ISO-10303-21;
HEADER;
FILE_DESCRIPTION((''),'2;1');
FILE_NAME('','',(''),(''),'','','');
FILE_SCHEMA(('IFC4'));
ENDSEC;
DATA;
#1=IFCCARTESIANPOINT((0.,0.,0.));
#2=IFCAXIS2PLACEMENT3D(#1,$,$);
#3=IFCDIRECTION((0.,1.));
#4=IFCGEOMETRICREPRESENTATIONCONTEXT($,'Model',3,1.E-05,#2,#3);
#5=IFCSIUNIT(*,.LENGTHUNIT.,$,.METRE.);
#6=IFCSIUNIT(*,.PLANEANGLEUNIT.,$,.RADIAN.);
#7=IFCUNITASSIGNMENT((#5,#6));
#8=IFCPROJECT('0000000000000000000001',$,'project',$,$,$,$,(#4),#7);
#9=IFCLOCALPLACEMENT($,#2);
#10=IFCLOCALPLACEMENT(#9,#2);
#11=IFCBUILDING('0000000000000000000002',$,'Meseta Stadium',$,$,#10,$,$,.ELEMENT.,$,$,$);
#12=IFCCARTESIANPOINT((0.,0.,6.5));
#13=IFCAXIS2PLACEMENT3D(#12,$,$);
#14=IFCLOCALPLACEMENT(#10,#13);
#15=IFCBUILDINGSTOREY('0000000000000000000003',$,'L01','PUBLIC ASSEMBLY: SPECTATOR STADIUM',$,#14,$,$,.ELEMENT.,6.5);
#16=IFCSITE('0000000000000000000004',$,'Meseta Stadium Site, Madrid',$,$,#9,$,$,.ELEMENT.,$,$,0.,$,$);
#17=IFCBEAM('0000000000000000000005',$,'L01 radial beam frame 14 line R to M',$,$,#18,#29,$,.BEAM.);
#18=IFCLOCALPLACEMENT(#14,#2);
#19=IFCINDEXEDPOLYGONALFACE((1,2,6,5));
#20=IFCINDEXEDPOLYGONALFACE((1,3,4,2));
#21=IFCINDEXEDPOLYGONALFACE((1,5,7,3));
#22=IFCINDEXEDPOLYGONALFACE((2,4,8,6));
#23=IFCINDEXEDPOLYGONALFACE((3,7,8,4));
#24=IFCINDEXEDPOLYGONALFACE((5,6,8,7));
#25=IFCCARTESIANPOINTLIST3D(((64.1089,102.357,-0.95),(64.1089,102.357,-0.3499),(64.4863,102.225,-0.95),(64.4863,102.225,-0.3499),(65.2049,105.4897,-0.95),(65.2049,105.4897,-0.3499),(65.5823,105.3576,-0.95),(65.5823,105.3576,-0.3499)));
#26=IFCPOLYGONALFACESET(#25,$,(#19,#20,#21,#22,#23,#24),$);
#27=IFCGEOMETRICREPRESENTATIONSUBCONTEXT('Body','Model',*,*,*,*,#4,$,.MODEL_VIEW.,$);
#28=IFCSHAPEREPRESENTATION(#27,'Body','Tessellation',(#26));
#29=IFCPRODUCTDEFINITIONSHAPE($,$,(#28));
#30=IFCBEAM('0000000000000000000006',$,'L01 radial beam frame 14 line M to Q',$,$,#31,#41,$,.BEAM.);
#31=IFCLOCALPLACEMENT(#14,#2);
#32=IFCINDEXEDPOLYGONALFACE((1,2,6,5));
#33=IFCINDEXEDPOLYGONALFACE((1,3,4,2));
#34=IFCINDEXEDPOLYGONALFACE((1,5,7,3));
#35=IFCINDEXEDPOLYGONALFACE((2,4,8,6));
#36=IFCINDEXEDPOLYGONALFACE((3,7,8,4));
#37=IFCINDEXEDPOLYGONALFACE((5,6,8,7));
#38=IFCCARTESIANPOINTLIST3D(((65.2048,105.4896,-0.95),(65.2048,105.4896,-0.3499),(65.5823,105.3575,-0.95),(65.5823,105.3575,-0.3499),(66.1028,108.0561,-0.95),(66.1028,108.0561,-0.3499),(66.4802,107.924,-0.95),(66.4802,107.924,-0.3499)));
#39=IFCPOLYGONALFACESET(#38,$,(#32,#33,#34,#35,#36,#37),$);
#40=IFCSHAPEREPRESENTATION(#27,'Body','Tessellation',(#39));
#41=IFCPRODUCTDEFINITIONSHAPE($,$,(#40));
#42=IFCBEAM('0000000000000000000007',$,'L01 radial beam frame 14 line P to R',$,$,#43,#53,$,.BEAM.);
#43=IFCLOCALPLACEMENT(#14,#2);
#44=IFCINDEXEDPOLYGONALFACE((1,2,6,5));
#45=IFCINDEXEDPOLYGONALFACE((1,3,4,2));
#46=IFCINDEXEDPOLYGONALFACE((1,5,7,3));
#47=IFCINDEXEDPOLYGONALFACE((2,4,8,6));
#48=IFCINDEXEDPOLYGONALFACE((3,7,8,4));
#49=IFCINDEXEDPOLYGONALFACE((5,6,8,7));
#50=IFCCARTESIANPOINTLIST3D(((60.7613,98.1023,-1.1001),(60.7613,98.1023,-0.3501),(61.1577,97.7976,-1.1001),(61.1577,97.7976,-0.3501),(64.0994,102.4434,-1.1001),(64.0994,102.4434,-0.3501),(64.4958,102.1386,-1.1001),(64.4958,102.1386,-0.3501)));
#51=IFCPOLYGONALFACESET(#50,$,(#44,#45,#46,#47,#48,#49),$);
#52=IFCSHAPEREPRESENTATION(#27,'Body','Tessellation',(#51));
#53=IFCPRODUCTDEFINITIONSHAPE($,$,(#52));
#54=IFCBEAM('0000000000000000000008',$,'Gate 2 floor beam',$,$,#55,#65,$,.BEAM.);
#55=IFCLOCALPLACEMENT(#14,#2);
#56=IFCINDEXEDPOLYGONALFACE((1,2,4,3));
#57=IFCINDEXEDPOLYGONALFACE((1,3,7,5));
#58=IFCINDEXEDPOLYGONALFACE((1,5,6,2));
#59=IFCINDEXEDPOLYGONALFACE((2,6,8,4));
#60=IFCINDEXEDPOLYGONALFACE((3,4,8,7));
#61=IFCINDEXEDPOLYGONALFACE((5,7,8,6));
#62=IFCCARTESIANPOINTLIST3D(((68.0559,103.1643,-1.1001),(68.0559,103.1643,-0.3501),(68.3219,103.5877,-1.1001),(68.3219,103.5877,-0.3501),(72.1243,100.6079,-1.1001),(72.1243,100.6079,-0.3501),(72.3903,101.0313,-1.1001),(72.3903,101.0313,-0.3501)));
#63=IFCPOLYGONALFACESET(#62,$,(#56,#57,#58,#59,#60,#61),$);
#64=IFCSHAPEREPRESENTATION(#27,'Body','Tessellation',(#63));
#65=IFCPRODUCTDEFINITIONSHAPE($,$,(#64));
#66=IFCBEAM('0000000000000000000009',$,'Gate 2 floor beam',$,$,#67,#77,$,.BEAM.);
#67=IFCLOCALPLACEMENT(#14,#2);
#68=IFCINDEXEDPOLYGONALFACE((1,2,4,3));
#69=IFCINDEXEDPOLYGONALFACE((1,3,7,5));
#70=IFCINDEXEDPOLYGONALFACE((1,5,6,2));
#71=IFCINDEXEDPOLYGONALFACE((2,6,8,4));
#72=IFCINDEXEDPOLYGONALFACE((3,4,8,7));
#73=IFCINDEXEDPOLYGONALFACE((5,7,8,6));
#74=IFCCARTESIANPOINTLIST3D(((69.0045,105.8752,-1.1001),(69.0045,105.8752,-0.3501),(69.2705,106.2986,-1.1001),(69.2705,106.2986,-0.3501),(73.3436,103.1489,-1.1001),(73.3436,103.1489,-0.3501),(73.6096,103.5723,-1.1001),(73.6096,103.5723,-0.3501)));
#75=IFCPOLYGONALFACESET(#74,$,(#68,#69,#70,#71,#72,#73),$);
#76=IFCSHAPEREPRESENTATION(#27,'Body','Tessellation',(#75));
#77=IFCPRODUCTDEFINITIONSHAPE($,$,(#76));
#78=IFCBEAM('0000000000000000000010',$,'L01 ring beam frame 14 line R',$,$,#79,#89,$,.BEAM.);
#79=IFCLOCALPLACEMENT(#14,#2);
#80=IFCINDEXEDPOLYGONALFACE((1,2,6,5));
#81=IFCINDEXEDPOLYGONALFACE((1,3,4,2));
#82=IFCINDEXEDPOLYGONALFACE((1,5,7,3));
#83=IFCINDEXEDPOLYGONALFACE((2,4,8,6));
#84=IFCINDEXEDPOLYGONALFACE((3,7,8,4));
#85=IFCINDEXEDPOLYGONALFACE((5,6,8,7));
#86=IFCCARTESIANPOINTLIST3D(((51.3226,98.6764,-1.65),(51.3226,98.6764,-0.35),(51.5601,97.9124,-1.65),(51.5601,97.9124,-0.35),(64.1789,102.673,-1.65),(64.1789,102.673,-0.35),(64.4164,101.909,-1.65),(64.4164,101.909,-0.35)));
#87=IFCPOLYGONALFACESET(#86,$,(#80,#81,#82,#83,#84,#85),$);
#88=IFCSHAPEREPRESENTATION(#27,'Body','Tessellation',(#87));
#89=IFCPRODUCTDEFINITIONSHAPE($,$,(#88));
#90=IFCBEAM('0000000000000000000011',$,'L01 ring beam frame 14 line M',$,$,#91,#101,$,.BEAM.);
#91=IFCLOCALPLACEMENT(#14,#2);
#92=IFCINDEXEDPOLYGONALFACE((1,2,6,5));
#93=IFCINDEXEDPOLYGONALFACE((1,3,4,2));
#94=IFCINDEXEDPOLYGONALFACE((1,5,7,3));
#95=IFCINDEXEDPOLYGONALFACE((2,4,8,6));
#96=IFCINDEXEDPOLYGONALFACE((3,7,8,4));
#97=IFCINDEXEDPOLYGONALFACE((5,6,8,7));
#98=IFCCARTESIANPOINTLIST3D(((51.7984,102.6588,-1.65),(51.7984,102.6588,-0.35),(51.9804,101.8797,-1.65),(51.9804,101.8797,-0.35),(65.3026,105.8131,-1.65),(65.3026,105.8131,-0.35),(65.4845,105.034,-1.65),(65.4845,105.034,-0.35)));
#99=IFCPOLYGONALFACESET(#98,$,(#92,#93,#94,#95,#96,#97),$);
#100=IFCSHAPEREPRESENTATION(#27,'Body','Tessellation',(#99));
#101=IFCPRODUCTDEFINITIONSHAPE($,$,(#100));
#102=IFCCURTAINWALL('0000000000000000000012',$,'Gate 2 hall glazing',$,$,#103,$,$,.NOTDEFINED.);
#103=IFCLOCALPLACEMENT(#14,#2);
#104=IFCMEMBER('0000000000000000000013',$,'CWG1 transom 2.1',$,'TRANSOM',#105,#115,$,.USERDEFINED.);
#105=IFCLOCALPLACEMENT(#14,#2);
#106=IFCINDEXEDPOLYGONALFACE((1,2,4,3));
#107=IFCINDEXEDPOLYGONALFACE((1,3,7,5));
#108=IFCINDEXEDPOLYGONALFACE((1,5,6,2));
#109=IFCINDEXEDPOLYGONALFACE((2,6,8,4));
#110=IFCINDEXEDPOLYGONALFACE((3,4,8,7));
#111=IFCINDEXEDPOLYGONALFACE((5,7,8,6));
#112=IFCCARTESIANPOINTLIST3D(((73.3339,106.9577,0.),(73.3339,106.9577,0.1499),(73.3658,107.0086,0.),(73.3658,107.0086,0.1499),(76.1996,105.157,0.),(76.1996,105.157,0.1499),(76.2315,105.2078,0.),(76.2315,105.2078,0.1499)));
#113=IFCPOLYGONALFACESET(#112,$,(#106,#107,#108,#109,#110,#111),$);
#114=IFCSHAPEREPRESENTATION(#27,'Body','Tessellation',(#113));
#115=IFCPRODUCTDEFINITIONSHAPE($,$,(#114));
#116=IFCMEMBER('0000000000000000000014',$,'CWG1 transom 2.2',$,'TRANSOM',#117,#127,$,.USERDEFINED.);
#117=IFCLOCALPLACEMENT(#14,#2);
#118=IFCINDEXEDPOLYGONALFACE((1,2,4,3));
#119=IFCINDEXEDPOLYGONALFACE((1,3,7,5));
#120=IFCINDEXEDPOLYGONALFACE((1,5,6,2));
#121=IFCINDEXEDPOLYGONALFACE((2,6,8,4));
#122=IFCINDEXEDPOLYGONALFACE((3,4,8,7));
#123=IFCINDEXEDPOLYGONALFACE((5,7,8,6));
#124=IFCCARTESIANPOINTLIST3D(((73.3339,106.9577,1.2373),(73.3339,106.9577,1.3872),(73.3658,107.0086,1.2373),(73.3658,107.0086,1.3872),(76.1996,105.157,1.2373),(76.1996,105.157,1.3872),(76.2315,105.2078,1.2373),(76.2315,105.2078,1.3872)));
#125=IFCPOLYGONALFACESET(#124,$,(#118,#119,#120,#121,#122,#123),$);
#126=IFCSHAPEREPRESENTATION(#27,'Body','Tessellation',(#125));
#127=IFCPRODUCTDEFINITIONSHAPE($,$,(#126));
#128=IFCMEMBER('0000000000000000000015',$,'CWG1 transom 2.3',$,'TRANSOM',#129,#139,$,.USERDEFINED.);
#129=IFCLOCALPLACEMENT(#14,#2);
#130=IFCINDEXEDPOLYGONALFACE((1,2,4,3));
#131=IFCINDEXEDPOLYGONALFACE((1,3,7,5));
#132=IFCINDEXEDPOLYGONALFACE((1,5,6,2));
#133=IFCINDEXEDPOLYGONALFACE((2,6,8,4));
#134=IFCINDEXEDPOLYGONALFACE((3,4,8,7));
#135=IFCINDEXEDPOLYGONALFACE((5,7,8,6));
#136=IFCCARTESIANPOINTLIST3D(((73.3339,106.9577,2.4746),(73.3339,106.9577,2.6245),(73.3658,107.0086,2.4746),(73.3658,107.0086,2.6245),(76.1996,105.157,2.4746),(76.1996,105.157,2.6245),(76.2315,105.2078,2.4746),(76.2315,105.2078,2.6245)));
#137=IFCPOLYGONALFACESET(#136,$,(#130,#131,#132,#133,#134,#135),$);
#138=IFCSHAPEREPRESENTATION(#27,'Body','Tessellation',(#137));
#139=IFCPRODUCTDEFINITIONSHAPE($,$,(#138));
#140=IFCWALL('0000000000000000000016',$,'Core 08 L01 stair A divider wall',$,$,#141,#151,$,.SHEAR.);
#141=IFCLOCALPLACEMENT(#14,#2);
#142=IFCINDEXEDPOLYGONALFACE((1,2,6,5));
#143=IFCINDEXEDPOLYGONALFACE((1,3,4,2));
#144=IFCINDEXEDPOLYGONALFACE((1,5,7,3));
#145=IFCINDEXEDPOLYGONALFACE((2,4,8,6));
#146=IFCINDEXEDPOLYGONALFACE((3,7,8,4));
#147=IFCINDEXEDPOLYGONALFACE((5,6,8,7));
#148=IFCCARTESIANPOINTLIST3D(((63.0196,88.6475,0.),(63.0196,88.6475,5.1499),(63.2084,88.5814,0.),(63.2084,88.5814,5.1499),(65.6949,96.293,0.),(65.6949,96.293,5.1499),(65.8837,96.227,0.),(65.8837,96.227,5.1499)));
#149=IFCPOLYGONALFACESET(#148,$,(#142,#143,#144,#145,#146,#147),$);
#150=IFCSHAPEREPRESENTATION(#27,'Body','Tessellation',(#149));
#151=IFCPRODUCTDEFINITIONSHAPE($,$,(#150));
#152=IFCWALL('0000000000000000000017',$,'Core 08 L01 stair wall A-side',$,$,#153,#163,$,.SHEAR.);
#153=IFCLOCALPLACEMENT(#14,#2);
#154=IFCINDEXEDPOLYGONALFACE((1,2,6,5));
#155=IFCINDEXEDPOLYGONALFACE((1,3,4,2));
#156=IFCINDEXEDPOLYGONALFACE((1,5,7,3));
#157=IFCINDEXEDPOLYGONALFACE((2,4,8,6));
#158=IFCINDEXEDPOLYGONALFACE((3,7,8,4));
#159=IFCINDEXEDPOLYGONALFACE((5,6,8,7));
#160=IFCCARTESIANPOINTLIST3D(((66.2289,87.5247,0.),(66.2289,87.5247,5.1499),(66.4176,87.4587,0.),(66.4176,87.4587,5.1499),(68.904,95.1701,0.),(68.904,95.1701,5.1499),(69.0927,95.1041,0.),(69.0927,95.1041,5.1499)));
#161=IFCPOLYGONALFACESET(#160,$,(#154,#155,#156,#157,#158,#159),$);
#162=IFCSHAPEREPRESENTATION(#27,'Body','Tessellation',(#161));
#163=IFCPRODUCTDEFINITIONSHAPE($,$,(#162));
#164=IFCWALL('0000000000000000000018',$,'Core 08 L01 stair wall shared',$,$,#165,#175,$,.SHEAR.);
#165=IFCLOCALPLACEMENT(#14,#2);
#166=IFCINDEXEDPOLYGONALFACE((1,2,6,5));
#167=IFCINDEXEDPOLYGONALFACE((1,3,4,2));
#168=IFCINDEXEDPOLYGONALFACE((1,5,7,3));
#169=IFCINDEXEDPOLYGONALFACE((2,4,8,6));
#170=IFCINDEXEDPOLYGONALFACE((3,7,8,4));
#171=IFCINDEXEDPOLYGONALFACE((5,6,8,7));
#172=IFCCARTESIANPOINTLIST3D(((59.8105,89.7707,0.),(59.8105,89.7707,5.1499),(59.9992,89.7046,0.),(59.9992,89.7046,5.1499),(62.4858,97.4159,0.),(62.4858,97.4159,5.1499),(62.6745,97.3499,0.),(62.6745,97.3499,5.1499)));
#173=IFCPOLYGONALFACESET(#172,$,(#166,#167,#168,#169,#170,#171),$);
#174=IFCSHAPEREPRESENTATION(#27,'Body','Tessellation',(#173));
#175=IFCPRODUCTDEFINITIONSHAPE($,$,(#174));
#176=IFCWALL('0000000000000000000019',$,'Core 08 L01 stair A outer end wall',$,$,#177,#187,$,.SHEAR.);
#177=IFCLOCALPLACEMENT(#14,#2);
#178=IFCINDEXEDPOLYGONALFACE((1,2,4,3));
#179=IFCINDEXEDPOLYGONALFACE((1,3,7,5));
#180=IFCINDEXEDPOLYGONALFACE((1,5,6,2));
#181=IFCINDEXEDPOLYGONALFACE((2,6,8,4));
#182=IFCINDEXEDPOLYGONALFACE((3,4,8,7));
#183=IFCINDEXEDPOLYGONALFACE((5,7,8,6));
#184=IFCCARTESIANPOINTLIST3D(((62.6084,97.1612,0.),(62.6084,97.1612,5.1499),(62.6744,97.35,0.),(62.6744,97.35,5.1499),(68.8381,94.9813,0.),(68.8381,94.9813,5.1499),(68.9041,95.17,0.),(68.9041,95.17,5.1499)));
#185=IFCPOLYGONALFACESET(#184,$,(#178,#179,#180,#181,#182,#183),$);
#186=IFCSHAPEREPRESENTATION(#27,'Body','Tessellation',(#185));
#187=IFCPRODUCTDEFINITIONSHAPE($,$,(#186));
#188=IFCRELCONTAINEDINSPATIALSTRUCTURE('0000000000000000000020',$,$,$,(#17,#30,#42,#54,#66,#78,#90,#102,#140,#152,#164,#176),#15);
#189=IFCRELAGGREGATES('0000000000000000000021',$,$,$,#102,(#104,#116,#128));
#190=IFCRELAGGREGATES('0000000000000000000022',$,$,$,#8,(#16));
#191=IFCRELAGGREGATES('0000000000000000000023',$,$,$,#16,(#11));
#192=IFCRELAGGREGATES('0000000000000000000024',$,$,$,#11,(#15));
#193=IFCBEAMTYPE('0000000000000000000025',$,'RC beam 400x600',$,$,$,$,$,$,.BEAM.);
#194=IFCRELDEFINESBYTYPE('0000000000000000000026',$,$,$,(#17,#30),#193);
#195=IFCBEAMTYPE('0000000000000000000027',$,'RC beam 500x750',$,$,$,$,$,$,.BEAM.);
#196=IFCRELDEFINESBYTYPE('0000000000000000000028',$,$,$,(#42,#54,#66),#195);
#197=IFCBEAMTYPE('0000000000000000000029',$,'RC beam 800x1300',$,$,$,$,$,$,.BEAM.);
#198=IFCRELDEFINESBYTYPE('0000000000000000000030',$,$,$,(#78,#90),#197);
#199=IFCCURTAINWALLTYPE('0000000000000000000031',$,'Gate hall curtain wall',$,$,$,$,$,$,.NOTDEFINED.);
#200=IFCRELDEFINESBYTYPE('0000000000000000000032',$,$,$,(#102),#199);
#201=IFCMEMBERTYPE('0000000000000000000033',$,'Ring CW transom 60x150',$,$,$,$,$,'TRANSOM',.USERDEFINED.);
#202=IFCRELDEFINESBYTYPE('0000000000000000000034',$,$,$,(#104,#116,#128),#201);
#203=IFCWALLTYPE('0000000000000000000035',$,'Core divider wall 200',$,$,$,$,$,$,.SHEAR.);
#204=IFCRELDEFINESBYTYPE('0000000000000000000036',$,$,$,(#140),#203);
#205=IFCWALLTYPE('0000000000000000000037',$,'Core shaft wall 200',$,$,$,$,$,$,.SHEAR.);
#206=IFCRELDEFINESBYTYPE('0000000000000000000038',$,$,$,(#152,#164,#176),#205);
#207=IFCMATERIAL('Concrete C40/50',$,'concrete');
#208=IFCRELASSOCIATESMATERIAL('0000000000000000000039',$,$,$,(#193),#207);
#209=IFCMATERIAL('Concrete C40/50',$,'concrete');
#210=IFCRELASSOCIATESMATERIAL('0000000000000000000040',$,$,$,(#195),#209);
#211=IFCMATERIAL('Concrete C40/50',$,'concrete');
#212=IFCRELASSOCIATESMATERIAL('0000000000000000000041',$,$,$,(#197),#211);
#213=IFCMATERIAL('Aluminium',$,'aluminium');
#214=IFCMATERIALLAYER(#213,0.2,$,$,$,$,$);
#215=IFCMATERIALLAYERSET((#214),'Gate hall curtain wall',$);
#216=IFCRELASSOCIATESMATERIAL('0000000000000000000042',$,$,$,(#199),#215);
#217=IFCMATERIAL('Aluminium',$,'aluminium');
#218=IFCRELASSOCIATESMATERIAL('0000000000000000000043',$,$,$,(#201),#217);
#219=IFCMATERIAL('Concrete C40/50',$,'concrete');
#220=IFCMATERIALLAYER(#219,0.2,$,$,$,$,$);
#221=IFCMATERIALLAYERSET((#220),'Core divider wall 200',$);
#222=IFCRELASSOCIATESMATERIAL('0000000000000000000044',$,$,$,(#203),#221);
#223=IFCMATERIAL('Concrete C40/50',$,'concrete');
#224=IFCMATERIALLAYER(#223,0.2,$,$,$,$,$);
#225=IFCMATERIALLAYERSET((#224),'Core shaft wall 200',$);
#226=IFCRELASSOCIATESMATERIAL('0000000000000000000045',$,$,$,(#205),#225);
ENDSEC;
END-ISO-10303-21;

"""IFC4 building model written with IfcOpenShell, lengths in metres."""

from ifc_helpers import new_model, si_unit, direction, frame, frame_2d, origin, origin_2d, place, context, subcontext, project, spatial, rectangle, extrude, material, layer, layer_set, material_profile, profile_set, type_object, element, aggregate, save


model = new_model("IFC4")

# Units and contexts
model_context = context("Model", 3, precision=1e-05, world=origin(), true_north=direction((0.0, 1.0)))
body_context = subcontext(model_context, "Body", "Model", "MODEL_VIEW")
ifc_project = project(units=[si_unit("LENGTHUNIT", "METRE"), si_unit("PLANEANGLEUNIT", "RADIAN")], contexts=[model_context])

# Site, building, storey
site_placement = place(None, origin())
site = spatial("IfcSite", under=ifc_project, at=site_placement, Name="Meseta Stadium Site, Madrid", CompositionType="ELEMENT", RefElevation=0.0)
building_placement = place(site_placement, origin())
building = spatial("IfcBuilding", under=site, at=building_placement, Name="Meseta Stadium", CompositionType="ELEMENT")
storey_placement = place(building_placement, frame((0.0, 0.0, 6.5)))
storey = spatial("IfcBuildingStorey", under=building, at=storey_placement, Name="L01", Description="PUBLIC ASSEMBLY: SPECTATOR STADIUM", CompositionType="ELEMENT", Elevation=6.5)

# Beams
ifc_material_1 = material(Name="Concrete C40/50", Category="concrete")
ifc_material_profile_1 = material_profile(ifc_material_1, rectangle(XDim=0.3999, YDim=0.6001, at=origin_2d()), Name="RC 400x600")
ifc_profile_set_1 = profile_set([ifc_material_profile_1], Name="Concrete C40/50")
beam_type_1 = type_object("IfcBeamType", Name="RC beam 400x600", PredefinedType="BEAM", material=ifc_profile_set_1)
beam_1_placement = place(storey_placement, frame((64.2976, 102.291, -0.6499), z_axis=(0.330229, 0.943901, 0.0), x_axis=(-0.943901, 0.330229, 0.0)))
element("IfcBeam", 1, at=beam_1_placement, inside=storey, type_object=beam_type_1, Name="L01 radial beam frame 14 line R to M", PredefinedType="BEAM", context=body_context, shape_type="SweptSolid", body=[
    extrude(rectangle(XDim=0.3999, YDim=0.6001, at=origin_2d()), origin(), (0.0, 0.0, 1.0), 3.3188),
])
beam_2_placement = place(storey_placement, frame((65.3936, 105.4236, -0.6499), z_axis=(0.330254, 0.943892, 0.0), x_axis=(-0.943892, 0.330254, 0.0)))
element("IfcBeam", 2, at=beam_2_placement, inside=storey, type_object=beam_type_1, Name="L01 radial beam frame 14 line M to Q", PredefinedType="BEAM", context=body_context, shape_type="SweptSolid", body=[
    extrude(rectangle(XDim=0.3999, YDim=0.6001, at=origin_2d()), origin(), (0.0, 0.0, 1.0), 2.719),
])
ifc_material_2 = material(Name="Concrete C40/50", Category="concrete")
ifc_material_profile_2 = material_profile(ifc_material_2, rectangle(XDim=0.5, YDim=0.75, at=origin_2d()), Name="RC 500x750")
ifc_profile_set_2 = profile_set([ifc_material_profile_2], Name="Concrete C40/50")
beam_type_2 = type_object("IfcBeamType", Name="RC beam 500x750", PredefinedType="BEAM", material=ifc_profile_set_2)
beam_3_placement = place(storey_placement, frame((60.9595, 97.95, -0.7251), z_axis=(0.609579, 0.792725, 0.0), x_axis=(-0.792725, 0.609579, 0.0)))
element("IfcBeam", 3, at=beam_3_placement, inside=storey, type_object=beam_type_2, Name="L01 radial beam frame 14 line P to R", PredefinedType="BEAM", context=body_context, shape_type="SweptSolid", body=[
    extrude(rectangle(XDim=0.5, YDim=0.75, at=origin_2d()), origin(), (0.0, 0.0, 1.0), 5.4761),
])
beam_4_placement = place(storey_placement, frame((72.2573, 100.8196, -0.7251), z_axis=(-0.846717, 0.532044, 0.0), x_axis=(-0.532044, -0.846717, 0.0)))
element("IfcBeam", 4, at=beam_4_placement, inside=storey, type_object=beam_type_2, Name="Gate 2 floor beam", PredefinedType="BEAM", context=body_context, shape_type="SweptSolid", body=[
    extrude(rectangle(XDim=0.5, YDim=0.75, at=origin_2d()), origin(), (0.0, 0.0, 1.0), 4.8049),
])
beam_5_placement = place(storey_placement, frame((73.4766, 103.3606, -0.7251), z_axis=(-0.846735, 0.532014, 0.0), x_axis=(-0.532014, -0.846735, 0.0)))
element("IfcBeam", 5, at=beam_5_placement, inside=storey, type_object=beam_type_2, Name="Gate 2 floor beam", PredefinedType="BEAM", context=body_context, shape_type="SweptSolid", body=[
    extrude(rectangle(XDim=0.5, YDim=0.75, at=origin_2d()), origin(), (0.0, 0.0, 1.0), 5.1245),
])
ifc_material_3 = material(Name="Concrete C40/50", Category="concrete")
ifc_material_profile_3 = material_profile(ifc_material_3, rectangle(XDim=0.8, YDim=1.3, at=origin_2d()), Name="RC 800x1300")
ifc_profile_set_3 = profile_set([ifc_material_profile_3], Name="Concrete C40/50")
beam_type_3 = type_object("IfcBeamType", Name="RC beam 800x1300", PredefinedType="BEAM", material=ifc_profile_set_3)
beam_6_placement = place(storey_placement, frame((64.2976, 102.291, -1.0), z_axis=(-0.954923, -0.296855, 0.0), x_axis=(0.296855, -0.954923, 0.0)))
element("IfcBeam", 6, at=beam_6_placement, inside=storey, type_object=beam_type_3, Name="L01 ring beam frame 14 line R", PredefinedType="BEAM", context=body_context, shape_type="SweptSolid", body=[
    extrude(rectangle(XDim=0.8, YDim=1.3, at=origin_2d()), origin(), (0.0, 0.0, 1.0), 13.4631),
])
beam_7_placement = place(storey_placement, frame((65.3936, 105.4236, -1.0), z_axis=(-0.973788, -0.227457, 0.0), x_axis=(0.227457, -0.973788, 0.0)))
element("IfcBeam", 7, at=beam_7_placement, inside=storey, type_object=beam_type_3, Name="L01 ring beam frame 14 line M", PredefinedType="BEAM", context=body_context, shape_type="SweptSolid", body=[
    extrude(rectangle(XDim=0.8, YDim=1.3, at=origin_2d()), origin(), (0.0, 0.0, 1.0), 13.8677),
])

# Curtain wall, members
ifc_material_4 = material(Name="Aluminium", Category="aluminium")
ifc_layer_1 = layer(ifc_material_4, 0.2)
ifc_layer_set_1 = layer_set([ifc_layer_1], Name="Gate hall curtain wall")
curtain_wall_type = type_object("IfcCurtainWallType", Name="Gate hall curtain wall", PredefinedType="NOTDEFINED", material=ifc_layer_set_1)
curtain_wall_placement = place(storey_placement, origin())
curtain_wall = element("IfcCurtainWall", 8, at=curtain_wall_placement, inside=storey, type_object=curtain_wall_type, Name="Gate 2 hall glazing", PredefinedType="NOTDEFINED")
ifc_material_5 = material(Name="Aluminium", Category="aluminium")
ifc_material_profile_4 = material_profile(ifc_material_5, rectangle(XDim=0.0601, YDim=0.1499, at=origin_2d()), Name="CW 60x150")
ifc_profile_set_4 = profile_set([ifc_material_profile_4], Name="Aluminium")
member_type = type_object("IfcMemberType", Name="Ring CW transom 60x150", ElementType="TRANSOM", PredefinedType="USERDEFINED", material=ifc_profile_set_4)
member_1_placement = place(storey_placement, frame((73.3499, 106.9832, 0.075), z_axis=(0.846707, -0.532059, 0.0), x_axis=(0.532059, 0.846707, 0.0)))
member_1 = element("IfcMember", 9, at=member_1_placement, type_object=member_type, Name="CWG1 transom 2.1", ObjectType="TRANSOM", PredefinedType="USERDEFINED", context=body_context, shape_type="SweptSolid", body=[
    extrude(rectangle(XDim=0.0601, YDim=0.1499, at=origin_2d()), origin(), (0.0, 0.0, 1.0), 3.3845),
])
member_2_placement = place(storey_placement, frame((73.3499, 106.9832, 1.3123), z_axis=(0.846707, -0.532059, 0.0), x_axis=(0.532059, 0.846707, 0.0)))
member_2 = element("IfcMember", 10, at=member_2_placement, type_object=member_type, Name="CWG1 transom 2.2", ObjectType="TRANSOM", PredefinedType="USERDEFINED", context=body_context, shape_type="SweptSolid", body=[
    extrude(rectangle(XDim=0.0601, YDim=0.1499, at=origin_2d()), origin(), (0.0, 0.0, 1.0), 3.3845),
])
member_3_placement = place(storey_placement, frame((73.3499, 106.9832, 2.5496), z_axis=(0.846707, -0.532059, 0.0), x_axis=(0.532059, 0.846707, 0.0)))
member_3 = element("IfcMember", 11, at=member_3_placement, type_object=member_type, Name="CWG1 transom 2.3", ObjectType="TRANSOM", PredefinedType="USERDEFINED", context=body_context, shape_type="SweptSolid", body=[
    extrude(rectangle(XDim=0.0601, YDim=0.1499, at=origin_2d()), origin(), (0.0, 0.0, 1.0), 3.3845),
])
aggregate(curtain_wall, [member_1, member_2, member_3])

# Walls
ifc_material_6 = material(Name="Concrete C40/50", Category="concrete")
ifc_layer_2 = layer(ifc_material_6, 0.2)
ifc_layer_set_2 = layer_set([ifc_layer_2], Name="Core divider wall 200")
wall_type_1 = type_object("IfcWallType", Name="Core divider wall 200", PredefinedType="SHEAR", material=ifc_layer_set_2)
wall_1_placement = place(storey_placement, frame((65.7893, 96.26, 0.0), z_axis=(0.0, 0.0, 1.0), x_axis=(-0.330281, -0.943883, 0.0)))
element("IfcWall", 12, at=wall_1_placement, inside=storey, type_object=wall_type_1, Name="Core 08 L01 stair A divider wall", PredefinedType="SHEAR", context=body_context, shape_type="SweptSolid", body=[
    extrude(rectangle(XDim=8.1001, YDim=0.2, at=frame_2d((4.05, 0.0))), origin(), (0.0, 0.0, 1.0), 5.1499),
])
ifc_material_7 = material(Name="Concrete C40/50", Category="concrete")
ifc_layer_3 = layer(ifc_material_7, 0.2)
ifc_layer_set_3 = layer_set([ifc_layer_3], Name="Core shaft wall 200")
wall_type_2 = type_object("IfcWallType", Name="Core shaft wall 200", PredefinedType="SHEAR", material=ifc_layer_set_3)
for number, where, z_axis, x_axis, name in (
    (13, (68.9983, 95.137, 0.0), (0.0, 0.0, 1.0), (-0.330263, -0.943889, 0.0), "Core 08 L01 stair wall A-side"),
    (14, (62.5801, 97.3828, 0.0), (0.0, 0.0, 1.0), (-0.33029, -0.94388, 0.0), "Core 08 L01 stair wall shared"),
):
    element("IfcWall", number, at=place(storey_placement, frame(where, z_axis=z_axis, x_axis=x_axis)), inside=storey, type_object=wall_type_2, Name=name, PredefinedType="SHEAR", context=body_context, shape_type="SweptSolid", body=[
        extrude(rectangle(XDim=8.0999, YDim=0.2, at=frame_2d((4.0498, 0.0))), origin(), (0.0, 0.0, 1.0), 5.1499),
    ])
for number, where, z_axis, x_axis, name in (
    (15, (68.8711, 95.0757, 0.0), (0.0, 0.0, 1.0), (-0.943881, 0.330286, 0.0), "Core 08 L01 stair A outer end wall"),
):
    element("IfcWall", number, at=place(storey_placement, frame(where, z_axis=z_axis, x_axis=x_axis)), inside=storey, type_object=wall_type_2, Name=name, PredefinedType="SHEAR", context=body_context, shape_type="SweptSolid", body=[
        extrude(rectangle(XDim=6.6001, YDim=0.2, at=frame_2d((3.3, 0.0))), origin(), (0.0, 0.0, 1.0), 5.1499),
    ])

save(model, "model.ifc")
